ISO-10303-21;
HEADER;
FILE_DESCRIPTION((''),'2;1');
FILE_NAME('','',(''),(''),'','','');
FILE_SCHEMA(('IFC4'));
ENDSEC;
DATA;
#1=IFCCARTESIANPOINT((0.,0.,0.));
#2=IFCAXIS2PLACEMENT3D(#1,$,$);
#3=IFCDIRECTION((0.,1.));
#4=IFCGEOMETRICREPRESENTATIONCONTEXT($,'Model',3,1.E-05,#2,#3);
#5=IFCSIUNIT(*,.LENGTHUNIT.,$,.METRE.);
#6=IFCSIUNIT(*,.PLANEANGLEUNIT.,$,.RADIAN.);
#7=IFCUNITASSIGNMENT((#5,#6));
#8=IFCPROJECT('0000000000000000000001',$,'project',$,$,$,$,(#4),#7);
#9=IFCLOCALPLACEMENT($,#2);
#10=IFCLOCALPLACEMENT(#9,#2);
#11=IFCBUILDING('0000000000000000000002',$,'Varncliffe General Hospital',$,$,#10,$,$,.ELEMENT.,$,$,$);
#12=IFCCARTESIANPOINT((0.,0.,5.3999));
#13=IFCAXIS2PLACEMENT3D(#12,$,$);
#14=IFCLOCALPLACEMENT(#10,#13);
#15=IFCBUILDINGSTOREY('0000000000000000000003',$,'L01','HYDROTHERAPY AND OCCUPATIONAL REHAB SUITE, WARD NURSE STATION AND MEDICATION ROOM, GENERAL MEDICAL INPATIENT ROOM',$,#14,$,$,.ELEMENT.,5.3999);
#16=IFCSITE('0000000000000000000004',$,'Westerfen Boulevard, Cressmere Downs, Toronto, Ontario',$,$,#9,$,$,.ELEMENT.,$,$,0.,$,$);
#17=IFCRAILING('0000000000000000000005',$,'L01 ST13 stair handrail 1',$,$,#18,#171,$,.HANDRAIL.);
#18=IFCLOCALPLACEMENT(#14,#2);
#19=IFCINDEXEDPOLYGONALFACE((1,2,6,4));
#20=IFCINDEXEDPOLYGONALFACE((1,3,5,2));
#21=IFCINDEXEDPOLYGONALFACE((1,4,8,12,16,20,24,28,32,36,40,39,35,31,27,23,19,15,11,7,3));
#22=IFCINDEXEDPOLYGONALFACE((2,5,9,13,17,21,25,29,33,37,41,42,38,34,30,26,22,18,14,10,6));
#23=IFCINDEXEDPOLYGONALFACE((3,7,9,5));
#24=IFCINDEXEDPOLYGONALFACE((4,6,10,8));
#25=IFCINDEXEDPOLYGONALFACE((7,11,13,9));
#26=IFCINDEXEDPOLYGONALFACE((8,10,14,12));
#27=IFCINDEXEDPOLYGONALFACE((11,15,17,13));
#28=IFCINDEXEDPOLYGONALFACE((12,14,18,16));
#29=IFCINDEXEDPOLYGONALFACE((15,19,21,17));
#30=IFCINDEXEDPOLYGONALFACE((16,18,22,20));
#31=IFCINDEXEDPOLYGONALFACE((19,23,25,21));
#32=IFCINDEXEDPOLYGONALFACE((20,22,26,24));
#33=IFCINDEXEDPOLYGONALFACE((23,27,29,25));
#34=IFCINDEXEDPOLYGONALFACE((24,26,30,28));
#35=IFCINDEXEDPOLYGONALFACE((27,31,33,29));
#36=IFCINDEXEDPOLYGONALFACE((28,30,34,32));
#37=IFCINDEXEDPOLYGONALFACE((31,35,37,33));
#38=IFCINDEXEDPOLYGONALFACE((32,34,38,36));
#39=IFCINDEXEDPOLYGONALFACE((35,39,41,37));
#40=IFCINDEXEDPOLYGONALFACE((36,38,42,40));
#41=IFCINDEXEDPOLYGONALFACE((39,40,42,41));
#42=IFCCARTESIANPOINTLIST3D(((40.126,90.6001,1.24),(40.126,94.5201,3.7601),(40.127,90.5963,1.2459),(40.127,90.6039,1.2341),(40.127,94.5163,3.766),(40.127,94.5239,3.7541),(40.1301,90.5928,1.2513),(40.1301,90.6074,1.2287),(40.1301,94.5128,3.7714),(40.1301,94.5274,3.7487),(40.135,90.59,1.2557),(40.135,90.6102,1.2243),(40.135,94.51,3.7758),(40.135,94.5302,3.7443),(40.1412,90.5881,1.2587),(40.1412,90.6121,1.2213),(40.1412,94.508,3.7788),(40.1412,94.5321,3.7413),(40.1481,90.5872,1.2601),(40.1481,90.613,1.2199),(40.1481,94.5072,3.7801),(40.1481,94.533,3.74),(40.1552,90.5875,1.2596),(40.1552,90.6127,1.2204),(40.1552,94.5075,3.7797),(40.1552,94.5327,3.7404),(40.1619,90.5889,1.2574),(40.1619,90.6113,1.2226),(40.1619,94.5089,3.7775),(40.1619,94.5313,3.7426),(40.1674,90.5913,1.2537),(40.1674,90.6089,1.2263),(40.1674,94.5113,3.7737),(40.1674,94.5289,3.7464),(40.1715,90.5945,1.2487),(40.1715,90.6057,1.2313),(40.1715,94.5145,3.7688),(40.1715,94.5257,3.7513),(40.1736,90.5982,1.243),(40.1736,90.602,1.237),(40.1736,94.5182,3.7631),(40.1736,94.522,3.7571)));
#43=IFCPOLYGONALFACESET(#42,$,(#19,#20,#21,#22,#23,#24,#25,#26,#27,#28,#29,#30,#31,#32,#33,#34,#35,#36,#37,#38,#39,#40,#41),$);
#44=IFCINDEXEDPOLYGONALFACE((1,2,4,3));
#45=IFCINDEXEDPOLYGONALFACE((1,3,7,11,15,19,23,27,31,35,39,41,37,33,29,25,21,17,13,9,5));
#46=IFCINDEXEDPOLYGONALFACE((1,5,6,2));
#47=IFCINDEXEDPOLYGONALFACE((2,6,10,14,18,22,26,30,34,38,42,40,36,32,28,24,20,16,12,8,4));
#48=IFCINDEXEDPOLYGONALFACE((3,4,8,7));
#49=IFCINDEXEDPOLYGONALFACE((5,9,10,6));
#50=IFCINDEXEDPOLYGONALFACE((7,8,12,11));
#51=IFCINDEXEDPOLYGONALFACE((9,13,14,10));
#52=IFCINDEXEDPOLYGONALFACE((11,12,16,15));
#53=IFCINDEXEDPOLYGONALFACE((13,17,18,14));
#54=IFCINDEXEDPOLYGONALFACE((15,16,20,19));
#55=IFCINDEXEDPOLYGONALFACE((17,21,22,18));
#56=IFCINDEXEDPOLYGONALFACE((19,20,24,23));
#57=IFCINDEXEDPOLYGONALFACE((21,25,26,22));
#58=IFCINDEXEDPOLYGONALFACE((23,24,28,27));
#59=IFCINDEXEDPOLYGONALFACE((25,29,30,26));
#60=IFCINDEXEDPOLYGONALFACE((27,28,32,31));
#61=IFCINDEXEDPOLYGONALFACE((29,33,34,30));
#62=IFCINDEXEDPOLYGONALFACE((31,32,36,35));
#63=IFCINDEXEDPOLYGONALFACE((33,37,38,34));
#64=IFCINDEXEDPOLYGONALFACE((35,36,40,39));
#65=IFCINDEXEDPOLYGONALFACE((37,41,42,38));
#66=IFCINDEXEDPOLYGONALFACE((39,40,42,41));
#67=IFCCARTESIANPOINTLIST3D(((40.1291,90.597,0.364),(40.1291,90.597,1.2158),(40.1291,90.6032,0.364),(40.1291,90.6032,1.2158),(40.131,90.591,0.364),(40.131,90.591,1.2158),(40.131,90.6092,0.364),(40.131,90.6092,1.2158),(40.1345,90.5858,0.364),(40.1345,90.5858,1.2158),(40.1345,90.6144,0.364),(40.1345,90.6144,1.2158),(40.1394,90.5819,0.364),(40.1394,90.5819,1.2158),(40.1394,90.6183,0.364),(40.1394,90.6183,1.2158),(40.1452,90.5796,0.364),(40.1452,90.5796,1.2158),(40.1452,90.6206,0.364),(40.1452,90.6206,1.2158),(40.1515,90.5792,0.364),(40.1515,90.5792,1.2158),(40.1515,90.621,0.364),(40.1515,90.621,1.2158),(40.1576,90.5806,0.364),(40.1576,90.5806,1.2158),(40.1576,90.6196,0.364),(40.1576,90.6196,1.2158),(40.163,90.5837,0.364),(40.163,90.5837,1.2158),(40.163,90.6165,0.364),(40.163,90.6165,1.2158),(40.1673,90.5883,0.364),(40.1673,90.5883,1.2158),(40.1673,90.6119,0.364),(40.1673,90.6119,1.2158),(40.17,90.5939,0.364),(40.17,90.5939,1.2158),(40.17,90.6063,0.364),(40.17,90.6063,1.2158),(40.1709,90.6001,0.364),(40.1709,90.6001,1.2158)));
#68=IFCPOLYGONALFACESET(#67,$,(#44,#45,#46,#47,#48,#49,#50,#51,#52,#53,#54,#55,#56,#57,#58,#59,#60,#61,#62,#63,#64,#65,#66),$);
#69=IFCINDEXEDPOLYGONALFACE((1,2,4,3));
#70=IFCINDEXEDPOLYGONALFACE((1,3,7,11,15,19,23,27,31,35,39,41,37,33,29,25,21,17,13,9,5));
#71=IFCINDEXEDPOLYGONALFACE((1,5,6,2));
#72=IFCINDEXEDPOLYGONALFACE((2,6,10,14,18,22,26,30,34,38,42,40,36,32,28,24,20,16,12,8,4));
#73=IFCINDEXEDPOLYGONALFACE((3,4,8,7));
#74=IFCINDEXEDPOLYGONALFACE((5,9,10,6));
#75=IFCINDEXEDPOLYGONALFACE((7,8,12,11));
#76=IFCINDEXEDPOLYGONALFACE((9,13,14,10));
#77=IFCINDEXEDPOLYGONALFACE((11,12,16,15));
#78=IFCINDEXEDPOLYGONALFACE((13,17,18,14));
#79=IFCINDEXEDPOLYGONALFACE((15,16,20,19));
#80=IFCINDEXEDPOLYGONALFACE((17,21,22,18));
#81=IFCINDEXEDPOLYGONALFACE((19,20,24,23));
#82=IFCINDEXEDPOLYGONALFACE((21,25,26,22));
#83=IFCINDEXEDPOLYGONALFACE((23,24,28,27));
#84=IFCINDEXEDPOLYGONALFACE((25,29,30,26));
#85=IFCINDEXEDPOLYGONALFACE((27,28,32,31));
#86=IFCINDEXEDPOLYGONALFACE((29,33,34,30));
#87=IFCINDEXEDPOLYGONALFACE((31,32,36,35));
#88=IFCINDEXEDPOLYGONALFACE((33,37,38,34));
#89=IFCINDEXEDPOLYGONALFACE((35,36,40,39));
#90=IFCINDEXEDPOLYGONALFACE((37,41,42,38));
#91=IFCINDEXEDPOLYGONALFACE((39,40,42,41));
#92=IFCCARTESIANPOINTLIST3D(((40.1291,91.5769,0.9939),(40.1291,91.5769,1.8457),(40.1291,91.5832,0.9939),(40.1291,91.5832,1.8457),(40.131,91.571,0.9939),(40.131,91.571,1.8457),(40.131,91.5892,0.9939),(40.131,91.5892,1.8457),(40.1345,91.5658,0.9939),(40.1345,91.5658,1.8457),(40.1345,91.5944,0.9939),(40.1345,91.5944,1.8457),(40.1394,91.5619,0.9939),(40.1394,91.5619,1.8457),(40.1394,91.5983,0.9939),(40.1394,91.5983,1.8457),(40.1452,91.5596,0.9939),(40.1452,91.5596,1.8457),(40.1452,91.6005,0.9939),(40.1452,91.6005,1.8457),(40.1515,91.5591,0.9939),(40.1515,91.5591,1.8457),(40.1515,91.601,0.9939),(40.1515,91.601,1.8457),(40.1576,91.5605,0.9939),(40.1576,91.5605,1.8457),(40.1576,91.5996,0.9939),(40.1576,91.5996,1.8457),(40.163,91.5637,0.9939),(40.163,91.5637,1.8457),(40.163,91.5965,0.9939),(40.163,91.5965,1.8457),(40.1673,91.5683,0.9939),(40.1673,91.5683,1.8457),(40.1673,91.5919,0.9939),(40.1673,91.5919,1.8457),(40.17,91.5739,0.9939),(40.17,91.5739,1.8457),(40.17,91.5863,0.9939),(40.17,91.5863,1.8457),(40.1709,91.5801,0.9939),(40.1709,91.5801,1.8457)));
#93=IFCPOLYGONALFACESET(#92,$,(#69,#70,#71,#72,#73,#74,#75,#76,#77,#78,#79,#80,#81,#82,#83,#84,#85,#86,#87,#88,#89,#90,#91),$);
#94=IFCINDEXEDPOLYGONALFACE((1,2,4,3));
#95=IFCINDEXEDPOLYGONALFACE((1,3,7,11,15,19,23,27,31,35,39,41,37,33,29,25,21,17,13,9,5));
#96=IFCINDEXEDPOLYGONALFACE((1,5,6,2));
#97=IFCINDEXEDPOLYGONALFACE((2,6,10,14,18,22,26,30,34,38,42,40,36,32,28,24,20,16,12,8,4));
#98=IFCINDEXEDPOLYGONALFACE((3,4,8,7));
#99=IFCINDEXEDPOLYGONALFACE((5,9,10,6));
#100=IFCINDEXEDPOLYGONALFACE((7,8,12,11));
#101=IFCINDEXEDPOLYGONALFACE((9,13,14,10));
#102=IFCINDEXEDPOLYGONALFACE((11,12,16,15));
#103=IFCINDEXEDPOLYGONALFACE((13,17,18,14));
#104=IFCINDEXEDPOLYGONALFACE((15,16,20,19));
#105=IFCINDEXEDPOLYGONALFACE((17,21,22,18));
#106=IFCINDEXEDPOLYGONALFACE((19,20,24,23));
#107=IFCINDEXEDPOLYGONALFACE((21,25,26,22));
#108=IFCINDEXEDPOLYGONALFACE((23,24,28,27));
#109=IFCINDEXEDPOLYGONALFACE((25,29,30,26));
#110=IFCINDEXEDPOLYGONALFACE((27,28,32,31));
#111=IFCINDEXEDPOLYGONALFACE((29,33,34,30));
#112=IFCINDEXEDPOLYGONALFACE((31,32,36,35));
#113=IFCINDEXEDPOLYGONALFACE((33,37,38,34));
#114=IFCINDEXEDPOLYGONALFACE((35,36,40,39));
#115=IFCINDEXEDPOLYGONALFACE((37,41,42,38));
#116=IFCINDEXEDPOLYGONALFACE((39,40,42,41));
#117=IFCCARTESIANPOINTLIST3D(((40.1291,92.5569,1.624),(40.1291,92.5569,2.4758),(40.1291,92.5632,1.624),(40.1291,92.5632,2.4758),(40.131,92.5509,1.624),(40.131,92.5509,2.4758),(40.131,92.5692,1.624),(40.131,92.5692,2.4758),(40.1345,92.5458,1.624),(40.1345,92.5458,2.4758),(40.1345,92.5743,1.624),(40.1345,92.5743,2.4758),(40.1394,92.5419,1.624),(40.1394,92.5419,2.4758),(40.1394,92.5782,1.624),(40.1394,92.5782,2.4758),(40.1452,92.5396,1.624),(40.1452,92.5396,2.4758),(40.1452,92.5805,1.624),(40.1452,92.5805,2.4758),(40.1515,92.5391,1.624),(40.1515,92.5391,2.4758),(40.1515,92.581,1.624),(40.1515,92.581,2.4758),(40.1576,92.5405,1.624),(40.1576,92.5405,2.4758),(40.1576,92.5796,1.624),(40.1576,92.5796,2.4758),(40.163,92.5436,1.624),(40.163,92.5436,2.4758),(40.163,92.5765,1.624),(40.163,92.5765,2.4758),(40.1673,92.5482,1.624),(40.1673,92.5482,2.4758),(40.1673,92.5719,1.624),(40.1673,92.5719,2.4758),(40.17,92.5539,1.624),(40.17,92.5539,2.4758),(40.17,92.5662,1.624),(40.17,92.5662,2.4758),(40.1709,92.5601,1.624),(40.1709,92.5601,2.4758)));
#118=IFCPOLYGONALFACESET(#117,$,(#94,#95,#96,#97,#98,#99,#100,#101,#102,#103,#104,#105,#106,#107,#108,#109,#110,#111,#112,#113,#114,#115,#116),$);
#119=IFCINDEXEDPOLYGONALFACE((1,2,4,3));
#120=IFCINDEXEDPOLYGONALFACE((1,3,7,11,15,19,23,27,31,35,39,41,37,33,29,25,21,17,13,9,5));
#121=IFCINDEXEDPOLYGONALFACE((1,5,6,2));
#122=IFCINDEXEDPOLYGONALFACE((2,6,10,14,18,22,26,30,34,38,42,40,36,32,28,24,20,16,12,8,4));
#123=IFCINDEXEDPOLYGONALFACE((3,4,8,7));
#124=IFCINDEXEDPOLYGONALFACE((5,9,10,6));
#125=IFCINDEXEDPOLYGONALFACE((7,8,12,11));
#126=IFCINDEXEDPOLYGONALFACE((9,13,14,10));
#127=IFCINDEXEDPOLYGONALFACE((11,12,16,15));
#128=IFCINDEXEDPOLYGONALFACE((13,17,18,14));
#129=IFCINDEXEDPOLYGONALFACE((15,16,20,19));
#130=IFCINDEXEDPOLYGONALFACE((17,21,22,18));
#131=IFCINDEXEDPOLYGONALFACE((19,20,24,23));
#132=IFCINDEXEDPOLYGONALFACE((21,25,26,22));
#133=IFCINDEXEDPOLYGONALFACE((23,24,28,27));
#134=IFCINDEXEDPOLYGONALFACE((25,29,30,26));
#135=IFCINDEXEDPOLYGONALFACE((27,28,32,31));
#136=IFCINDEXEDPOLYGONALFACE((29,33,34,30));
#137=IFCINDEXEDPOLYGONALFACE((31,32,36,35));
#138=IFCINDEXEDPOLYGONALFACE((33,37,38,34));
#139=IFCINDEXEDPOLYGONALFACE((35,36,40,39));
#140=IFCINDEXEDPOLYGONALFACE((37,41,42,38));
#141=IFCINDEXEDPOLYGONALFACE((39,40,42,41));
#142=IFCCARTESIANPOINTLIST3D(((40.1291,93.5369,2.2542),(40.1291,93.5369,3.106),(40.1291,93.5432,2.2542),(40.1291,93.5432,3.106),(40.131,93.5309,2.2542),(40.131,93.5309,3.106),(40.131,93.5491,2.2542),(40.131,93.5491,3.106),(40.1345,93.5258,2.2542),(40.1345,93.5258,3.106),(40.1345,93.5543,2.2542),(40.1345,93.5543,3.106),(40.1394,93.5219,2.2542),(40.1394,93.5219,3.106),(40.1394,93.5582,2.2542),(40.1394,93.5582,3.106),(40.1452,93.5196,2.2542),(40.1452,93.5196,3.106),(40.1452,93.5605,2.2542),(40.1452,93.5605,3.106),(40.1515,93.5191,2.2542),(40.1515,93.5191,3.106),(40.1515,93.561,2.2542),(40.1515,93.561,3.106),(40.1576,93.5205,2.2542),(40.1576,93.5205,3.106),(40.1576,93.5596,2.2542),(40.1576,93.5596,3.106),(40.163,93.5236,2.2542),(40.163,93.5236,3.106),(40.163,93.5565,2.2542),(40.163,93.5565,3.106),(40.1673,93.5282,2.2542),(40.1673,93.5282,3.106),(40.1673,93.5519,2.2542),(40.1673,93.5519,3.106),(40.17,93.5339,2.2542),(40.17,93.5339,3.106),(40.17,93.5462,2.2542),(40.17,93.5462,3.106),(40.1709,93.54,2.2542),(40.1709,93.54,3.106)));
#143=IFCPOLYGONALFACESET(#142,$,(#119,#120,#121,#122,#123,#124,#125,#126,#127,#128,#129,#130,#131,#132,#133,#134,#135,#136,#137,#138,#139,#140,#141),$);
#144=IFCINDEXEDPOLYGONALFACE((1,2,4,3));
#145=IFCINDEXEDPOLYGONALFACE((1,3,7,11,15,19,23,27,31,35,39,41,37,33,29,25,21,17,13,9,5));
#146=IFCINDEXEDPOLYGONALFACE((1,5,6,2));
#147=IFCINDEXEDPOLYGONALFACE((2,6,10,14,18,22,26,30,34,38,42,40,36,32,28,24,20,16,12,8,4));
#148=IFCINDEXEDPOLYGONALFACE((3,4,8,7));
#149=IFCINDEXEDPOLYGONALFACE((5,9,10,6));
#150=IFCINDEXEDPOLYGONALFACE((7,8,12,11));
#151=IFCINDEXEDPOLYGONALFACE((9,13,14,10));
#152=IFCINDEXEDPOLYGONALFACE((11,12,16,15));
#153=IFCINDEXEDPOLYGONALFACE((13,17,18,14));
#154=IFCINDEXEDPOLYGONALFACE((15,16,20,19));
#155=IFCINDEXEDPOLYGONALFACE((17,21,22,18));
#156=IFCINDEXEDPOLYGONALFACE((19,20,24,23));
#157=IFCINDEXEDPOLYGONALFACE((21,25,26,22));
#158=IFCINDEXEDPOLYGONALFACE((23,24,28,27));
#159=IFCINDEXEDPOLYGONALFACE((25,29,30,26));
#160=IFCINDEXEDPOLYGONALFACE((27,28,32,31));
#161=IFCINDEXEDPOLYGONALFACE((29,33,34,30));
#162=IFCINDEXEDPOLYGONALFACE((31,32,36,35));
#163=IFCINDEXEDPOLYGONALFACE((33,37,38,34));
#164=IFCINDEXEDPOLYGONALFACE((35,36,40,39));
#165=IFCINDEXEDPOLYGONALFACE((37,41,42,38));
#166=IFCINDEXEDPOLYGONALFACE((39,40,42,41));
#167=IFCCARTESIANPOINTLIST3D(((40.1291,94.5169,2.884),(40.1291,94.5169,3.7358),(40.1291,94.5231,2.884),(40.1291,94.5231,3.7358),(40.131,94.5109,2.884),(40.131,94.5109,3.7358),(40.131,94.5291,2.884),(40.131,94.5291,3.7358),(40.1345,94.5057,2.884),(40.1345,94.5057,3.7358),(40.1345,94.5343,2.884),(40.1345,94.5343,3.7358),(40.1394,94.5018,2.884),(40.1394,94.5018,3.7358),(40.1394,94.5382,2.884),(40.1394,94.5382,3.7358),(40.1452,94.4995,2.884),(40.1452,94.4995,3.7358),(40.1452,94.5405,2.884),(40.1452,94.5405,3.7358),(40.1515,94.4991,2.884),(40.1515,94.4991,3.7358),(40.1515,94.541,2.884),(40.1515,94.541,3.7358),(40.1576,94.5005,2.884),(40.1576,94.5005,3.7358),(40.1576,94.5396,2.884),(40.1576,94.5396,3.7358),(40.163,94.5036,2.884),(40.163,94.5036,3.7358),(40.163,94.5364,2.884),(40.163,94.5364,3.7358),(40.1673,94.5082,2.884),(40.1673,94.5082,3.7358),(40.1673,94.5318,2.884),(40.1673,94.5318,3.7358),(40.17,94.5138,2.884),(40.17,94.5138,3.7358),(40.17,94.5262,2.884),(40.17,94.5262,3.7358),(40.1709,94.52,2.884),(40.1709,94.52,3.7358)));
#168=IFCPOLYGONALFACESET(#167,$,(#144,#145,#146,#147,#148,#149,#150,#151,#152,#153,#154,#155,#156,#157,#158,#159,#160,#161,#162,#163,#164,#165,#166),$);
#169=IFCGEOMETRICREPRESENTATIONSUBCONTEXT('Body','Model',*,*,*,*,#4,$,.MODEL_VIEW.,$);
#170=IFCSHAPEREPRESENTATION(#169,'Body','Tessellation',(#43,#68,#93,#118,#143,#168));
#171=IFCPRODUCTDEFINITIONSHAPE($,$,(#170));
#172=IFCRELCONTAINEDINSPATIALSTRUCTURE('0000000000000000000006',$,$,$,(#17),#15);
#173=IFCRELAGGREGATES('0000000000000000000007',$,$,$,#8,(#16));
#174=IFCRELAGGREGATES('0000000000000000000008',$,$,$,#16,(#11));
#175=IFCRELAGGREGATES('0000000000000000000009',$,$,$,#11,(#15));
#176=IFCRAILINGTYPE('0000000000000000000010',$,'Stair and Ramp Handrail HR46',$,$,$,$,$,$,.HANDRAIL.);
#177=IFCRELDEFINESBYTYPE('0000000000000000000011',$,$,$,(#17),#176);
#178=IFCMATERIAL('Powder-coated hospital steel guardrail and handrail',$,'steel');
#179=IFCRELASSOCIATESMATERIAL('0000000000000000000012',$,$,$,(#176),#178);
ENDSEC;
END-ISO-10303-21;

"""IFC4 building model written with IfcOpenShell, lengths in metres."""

from ifc_helpers import new_model, si_unit, direction, frame, origin, origin_2d, place, context, subcontext, project, spatial, circle, extrude, material, type_object, element, save


model = new_model("IFC4")

# Units and contexts
model_context = context("Model", 3, precision=1e-05, world=origin(), true_north=direction((0.0, 1.0)))
body_context = subcontext(model_context, "Body", "Model", "MODEL_VIEW")
ifc_project = project(units=[si_unit("LENGTHUNIT", "METRE"), si_unit("PLANEANGLEUNIT", "RADIAN")], contexts=[model_context])

# Site, building, storey
site_placement = place(None, origin())
site = spatial("IfcSite", under=ifc_project, at=site_placement, Name="Westerfen Boulevard, Cressmere Downs, Toronto, Ontario", CompositionType="ELEMENT", RefElevation=0.0)
building_placement = place(site_placement, origin())
building = spatial("IfcBuilding", under=site, at=building_placement, Name="Varncliffe General Hospital", CompositionType="ELEMENT")
storey_placement = place(building_placement, frame((0.0, 0.0, 5.3999)))
storey = spatial("IfcBuildingStorey", under=building, at=storey_placement, Name="L01", Description="HYDROTHERAPY AND OCCUPATIONAL REHAB SUITE, WARD NURSE STATION AND MEDICATION ROOM, GENERAL MEDICAL INPATIENT ROOM", CompositionType="ELEMENT", Elevation=5.3999)

# Railing
ifc_material_1 = material(Name="Powder-coated hospital steel guardrail and handrail", Category="steel")
railing_type_1 = type_object("IfcRailingType", Name="Stair and Ramp Handrail HR46", PredefinedType="HANDRAIL", material=ifc_material_1)
railing_1_placement = place(storey_placement, frame((40.1499, 90.6001, 0.364)))
element("IfcRailing", 1, at=railing_1_placement, inside=storey, type_object=railing_type_1, Name="L01 ST13 stair handrail 1", PredefinedType="HANDRAIL", context=body_context, shape_type="SweptSolid", body=[
    extrude(circle(Radius=0.0239, at=origin_2d()), frame((0.0, 0.0, 0.876), z_axis=(0.0, 0.841172, 0.540768), x_axis=(-1.0, 0.0, 0.0)), (0.0, 0.0, 1.0), 4.6602),
    extrude(circle(Radius=0.021, at=origin_2d()), origin(), (0.0, 0.0, 1.0), 0.8518),
    extrude(circle(Radius=0.021, at=origin_2d()), frame((0.0, 0.98, 0.6299)), (0.0, 0.0, 1.0), 0.8518),
    extrude(circle(Radius=0.021, at=origin_2d()), frame((0.0, 1.96, 1.26)), (0.0, 0.0, 1.0), 0.8518),
    extrude(circle(Radius=0.021, at=origin_2d()), frame((0.0, 2.9399, 1.8901)), (0.0, 0.0, 1.0), 0.8518),
    extrude(circle(Radius=0.021, at=origin_2d()), frame((0.0, 3.9199, 2.52)), (0.0, 0.0, 1.0), 0.8518),
])

save(model, "model.ifc")
